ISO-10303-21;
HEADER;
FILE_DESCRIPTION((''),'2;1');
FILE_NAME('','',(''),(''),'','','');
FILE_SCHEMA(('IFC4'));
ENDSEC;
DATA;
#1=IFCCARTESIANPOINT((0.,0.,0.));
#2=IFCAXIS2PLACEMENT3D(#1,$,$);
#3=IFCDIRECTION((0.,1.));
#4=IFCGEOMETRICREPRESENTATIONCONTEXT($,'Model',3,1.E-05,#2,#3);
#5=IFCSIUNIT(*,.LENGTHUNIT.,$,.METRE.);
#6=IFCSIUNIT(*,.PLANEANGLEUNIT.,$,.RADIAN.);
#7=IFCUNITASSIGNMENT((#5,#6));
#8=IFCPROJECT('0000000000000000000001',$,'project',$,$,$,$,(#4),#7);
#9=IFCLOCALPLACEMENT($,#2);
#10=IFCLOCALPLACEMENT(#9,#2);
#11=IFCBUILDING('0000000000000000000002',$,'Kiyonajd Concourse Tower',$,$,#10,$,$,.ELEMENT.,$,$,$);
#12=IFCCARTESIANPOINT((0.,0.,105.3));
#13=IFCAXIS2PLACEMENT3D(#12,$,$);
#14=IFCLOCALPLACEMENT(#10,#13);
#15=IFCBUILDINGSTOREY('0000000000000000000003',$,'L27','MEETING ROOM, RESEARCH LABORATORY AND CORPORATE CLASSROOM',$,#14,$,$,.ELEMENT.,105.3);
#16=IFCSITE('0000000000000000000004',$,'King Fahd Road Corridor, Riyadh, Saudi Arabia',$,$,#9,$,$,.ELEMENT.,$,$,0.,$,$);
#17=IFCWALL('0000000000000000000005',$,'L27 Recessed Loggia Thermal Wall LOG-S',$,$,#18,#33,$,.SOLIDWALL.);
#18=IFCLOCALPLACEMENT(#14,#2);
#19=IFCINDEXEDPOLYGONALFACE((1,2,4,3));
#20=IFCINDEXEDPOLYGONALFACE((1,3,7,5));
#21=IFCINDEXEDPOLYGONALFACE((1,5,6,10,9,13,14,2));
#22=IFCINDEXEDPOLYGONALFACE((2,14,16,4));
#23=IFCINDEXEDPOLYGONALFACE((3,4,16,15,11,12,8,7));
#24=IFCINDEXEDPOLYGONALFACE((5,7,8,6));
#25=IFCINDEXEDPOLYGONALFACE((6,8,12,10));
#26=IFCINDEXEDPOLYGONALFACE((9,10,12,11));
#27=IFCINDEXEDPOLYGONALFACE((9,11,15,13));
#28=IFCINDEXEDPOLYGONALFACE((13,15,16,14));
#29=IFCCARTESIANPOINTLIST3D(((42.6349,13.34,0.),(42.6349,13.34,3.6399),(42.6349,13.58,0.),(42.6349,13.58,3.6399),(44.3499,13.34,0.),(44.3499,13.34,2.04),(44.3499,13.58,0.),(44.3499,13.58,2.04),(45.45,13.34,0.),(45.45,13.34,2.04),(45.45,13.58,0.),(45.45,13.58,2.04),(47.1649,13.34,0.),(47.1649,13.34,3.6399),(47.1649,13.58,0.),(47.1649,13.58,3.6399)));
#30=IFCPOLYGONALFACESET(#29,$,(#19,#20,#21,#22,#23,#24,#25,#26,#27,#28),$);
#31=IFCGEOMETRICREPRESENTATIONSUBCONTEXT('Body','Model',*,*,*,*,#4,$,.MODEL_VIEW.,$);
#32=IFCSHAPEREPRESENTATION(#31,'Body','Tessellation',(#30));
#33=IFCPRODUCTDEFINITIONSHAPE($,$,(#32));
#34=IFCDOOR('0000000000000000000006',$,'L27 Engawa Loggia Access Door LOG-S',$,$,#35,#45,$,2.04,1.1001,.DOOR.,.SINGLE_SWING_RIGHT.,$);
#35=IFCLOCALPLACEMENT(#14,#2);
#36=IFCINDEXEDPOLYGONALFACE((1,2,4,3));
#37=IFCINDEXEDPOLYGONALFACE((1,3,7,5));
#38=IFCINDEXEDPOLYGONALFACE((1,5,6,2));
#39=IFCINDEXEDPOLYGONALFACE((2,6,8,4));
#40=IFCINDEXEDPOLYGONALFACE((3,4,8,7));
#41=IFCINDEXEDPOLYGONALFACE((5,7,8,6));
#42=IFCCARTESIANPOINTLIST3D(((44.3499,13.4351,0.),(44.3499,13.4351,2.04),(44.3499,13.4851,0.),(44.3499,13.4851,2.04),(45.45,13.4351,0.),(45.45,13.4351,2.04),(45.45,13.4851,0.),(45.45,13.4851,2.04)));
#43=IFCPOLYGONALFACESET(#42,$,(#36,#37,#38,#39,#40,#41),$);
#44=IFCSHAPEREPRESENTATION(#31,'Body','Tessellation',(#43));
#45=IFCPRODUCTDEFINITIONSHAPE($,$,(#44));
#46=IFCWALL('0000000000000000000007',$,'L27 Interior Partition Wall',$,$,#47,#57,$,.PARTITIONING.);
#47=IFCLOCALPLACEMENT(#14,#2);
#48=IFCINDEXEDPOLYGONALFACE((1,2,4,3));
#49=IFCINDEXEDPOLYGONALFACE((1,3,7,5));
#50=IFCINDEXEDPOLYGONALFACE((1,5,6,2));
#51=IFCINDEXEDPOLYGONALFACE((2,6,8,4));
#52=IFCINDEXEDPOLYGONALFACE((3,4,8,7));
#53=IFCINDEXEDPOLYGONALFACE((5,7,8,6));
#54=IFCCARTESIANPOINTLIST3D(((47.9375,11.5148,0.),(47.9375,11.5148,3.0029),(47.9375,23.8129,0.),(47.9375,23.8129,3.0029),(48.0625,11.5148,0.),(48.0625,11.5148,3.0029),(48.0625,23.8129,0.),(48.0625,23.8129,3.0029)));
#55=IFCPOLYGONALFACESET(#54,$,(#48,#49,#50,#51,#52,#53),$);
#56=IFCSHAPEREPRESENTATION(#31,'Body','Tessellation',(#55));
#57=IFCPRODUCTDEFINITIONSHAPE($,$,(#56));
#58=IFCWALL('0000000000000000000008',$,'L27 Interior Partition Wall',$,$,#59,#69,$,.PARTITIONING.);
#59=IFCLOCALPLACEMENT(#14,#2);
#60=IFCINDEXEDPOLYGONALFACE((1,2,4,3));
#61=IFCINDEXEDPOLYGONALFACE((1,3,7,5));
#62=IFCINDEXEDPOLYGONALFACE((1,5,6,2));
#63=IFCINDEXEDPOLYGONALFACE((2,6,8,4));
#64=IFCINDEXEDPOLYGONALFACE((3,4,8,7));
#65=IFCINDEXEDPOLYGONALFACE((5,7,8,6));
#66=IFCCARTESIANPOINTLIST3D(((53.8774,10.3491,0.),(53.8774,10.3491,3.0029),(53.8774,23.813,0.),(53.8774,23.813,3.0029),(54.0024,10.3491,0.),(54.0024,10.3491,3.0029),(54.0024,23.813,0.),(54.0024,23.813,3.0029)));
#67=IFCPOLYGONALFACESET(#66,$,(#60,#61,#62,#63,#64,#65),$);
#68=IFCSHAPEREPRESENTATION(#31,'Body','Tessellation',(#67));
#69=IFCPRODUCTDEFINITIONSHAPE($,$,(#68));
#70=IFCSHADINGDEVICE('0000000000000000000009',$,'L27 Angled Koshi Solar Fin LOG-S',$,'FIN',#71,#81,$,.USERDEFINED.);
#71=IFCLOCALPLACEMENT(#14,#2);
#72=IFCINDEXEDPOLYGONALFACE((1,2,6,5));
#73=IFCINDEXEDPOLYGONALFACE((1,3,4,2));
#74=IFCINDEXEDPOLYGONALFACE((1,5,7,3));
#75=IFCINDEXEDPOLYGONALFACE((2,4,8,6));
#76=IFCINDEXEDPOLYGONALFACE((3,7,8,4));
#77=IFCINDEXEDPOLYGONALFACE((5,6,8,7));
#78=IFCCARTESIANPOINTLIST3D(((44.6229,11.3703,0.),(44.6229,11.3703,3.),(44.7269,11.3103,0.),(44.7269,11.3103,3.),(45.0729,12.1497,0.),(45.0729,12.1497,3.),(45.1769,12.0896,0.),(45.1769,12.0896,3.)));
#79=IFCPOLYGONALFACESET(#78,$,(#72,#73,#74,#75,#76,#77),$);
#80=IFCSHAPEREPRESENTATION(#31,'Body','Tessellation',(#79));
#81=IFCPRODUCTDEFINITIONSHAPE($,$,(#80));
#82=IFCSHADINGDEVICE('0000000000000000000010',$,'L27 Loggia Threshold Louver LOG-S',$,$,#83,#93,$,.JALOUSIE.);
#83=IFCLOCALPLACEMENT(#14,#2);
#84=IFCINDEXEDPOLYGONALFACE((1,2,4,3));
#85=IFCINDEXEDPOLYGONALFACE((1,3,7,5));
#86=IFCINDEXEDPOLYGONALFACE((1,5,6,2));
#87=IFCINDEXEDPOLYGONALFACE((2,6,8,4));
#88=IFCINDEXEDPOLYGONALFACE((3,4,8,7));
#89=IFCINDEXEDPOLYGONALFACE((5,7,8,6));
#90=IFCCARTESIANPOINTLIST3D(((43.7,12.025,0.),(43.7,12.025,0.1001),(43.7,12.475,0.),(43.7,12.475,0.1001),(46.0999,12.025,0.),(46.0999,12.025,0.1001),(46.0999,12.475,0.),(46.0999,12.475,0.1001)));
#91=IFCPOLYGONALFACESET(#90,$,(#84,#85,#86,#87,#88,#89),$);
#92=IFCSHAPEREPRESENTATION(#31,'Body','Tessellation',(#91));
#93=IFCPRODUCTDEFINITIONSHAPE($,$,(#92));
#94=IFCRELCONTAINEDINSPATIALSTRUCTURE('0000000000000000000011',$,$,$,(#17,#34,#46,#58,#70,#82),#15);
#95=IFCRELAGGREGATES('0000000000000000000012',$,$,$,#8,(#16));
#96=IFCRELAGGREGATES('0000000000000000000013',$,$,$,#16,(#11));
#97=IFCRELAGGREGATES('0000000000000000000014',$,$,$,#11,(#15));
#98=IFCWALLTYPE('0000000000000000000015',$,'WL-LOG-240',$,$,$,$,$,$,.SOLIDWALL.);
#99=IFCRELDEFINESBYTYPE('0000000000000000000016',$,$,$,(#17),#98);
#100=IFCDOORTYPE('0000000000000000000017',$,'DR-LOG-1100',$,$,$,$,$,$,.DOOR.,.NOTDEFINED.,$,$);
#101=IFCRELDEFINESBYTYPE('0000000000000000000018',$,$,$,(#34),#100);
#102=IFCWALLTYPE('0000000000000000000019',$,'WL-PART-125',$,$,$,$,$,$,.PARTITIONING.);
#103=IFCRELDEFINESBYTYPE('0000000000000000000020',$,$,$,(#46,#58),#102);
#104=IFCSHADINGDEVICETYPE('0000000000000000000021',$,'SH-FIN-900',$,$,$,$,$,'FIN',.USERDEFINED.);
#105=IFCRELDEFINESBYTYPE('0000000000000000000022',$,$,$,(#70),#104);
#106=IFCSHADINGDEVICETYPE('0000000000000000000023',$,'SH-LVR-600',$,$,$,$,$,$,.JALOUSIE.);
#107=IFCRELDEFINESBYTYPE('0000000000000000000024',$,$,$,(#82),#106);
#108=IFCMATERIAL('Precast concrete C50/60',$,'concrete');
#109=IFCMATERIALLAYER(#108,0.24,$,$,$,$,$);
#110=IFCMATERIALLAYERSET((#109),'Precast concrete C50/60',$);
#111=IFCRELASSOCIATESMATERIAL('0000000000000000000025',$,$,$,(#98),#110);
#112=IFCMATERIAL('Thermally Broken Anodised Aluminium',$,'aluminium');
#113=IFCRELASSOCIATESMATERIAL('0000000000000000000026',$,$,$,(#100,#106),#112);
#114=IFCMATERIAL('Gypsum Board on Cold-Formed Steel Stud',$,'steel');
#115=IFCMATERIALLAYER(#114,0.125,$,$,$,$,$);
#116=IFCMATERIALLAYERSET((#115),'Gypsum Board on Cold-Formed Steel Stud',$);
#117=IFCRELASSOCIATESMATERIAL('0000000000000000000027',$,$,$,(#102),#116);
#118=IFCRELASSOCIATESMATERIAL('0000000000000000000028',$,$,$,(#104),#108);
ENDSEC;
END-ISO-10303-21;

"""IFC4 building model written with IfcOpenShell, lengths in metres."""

from ifc_helpers import new_model, si_unit, direction, frame, frame_2d, origin, origin_2d, place, context, subcontext, project, spatial, rectangle, extrude, material, layer, layer_set, type_object, element, fill, save


model = new_model("IFC4")

# Units and contexts
model_context = context("Model", 3, precision=1e-05, world=origin(), true_north=direction((0.0, 1.0)))
body_context = subcontext(model_context, "Body", "Model", "MODEL_VIEW")
ifc_project = project(units=[si_unit("LENGTHUNIT", "METRE"), si_unit("PLANEANGLEUNIT", "RADIAN")], contexts=[model_context])

# Site, building, storey
site_placement = place(None, origin())
site = spatial("IfcSite", under=ifc_project, at=site_placement, Name="King Fahd Road Corridor, Riyadh, Saudi Arabia", CompositionType="ELEMENT", RefElevation=0.0)
building_placement = place(site_placement, origin())
building = spatial("IfcBuilding", under=site, at=building_placement, Name="Kiyonajd Concourse Tower", CompositionType="ELEMENT")
storey_placement = place(building_placement, frame((0.0, 0.0, 105.3)))
storey = spatial("IfcBuildingStorey", under=building, at=storey_placement, Name="L27", Description="MEETING ROOM, RESEARCH LABORATORY AND CORPORATE CLASSROOM", CompositionType="ELEMENT", Elevation=105.3)

# Shared definitions
ifc_material_1 = material(Name="Precast concrete C50/60", Category="concrete")

# Shared definitions
ifc_material_2 = material(Name="Thermally Broken Anodised Aluminium", Category="aluminium")

# Wall, opening, door
ifc_layer_1 = layer(ifc_material_1, 0.24)
ifc_layer_set_1 = layer_set([ifc_layer_1], Name="Precast concrete C50/60")
wall_type_1 = type_object("IfcWallType", Name="WL-LOG-240", PredefinedType="SOLIDWALL", material=ifc_layer_set_1)
wall_1_placement = place(storey_placement, frame((47.165, 13.46, 0.0), z_axis=(0.0, 0.0, 1.0), x_axis=(-1.0, 0.0, 0.0)))
wall_1 = element("IfcWall", 1, at=wall_1_placement, inside=storey, type_object=wall_type_1, Name="L27 Recessed Loggia Thermal Wall LOG-S", PredefinedType="SOLIDWALL", context=body_context, shape_type="SweptSolid", body=[
    extrude(rectangle(XDim=4.53, YDim=0.24, at=frame_2d((2.2651, 0.0))), origin(), (0.0, 0.0, 1.0), 3.6399),
])
opening_1_placement = place(wall_1_placement, frame((1.7151, 0.0, 0.0)))
opening_1 = element("IfcOpeningElement", 2, at=opening_1_placement, cuts=wall_1, PredefinedType="OPENING", context=body_context, shape_type="SweptSolid", body=[
    extrude(rectangle(XDim=1.1001, YDim=2.04, at=frame_2d((0.55, 1.02))), frame((0.0, 0.1299, 0.0), z_axis=(0.0, -1.0, 0.0), x_axis=(1.0, 0.0, 0.0)), (0.0, 0.0, 1.0), 0.26),
])
door_type = type_object("IfcDoorType", Name="DR-LOG-1100", OperationType="NOTDEFINED", PredefinedType="DOOR", material=ifc_material_2)
door_placement = place(opening_1_placement, origin())
door = element("IfcDoor", 3, at=door_placement, inside=storey, type_object=door_type, Name="L27 Engawa Loggia Access Door LOG-S", OperationType="SINGLE_SWING_RIGHT", OverallHeight=2.04, OverallWidth=1.1001, PredefinedType="DOOR", context=body_context, shape_type="SweptSolid", body=[
    extrude(rectangle(XDim=1.1001, YDim=2.04, at=frame_2d((0.55, 1.02))), frame((0.0, 0.0249, 0.0), z_axis=(0.0, -1.0, 0.0), x_axis=(1.0, 0.0, 0.0)), (0.0, 0.0, 1.0), 0.05),
])
fill(opening_1, door)

# Walls
ifc_material_3 = material(Name="Gypsum Board on Cold-Formed Steel Stud", Category="steel")
ifc_layer_2 = layer(ifc_material_3, 0.125)
ifc_layer_set_2 = layer_set([ifc_layer_2], Name="Gypsum Board on Cold-Formed Steel Stud")
wall_type_2 = type_object("IfcWallType", Name="WL-PART-125", PredefinedType="PARTITIONING", material=ifc_layer_set_2)
wall_2_placement = place(storey_placement, frame((48.0, 11.5149, 0.0), z_axis=(0.0, 0.0, 1.0), x_axis=(0.0, 1.0, 0.0)))
element("IfcWall", 4, at=wall_2_placement, inside=storey, type_object=wall_type_2, Name="L27 Interior Partition Wall", PredefinedType="PARTITIONING", context=body_context, shape_type="SweptSolid", body=[
    extrude(rectangle(XDim=12.2981, YDim=0.125, at=frame_2d((6.1489, 0.0))), origin(), (0.0, 0.0, 1.0), 3.0029),
])
wall_3_placement = place(storey_placement, frame((53.9399, 10.3491, 0.0), z_axis=(0.0, 0.0, 1.0), x_axis=(0.0, 1.0, 0.0)))
element("IfcWall", 5, at=wall_3_placement, inside=storey, type_object=wall_type_2, Name="L27 Interior Partition Wall", PredefinedType="PARTITIONING", context=body_context, shape_type="SweptSolid", body=[
    extrude(rectangle(XDim=13.4639, YDim=0.125, at=frame_2d((6.7319, 0.0))), origin(), (0.0, 0.0, 1.0), 3.0029),
])

# Shading devices
shading_device_type_1 = type_object("IfcShadingDeviceType", Name="SH-FIN-900", ElementType="FIN", PredefinedType="USERDEFINED", material=ifc_material_1)
shading_device_1_placement = place(storey_placement, frame((44.8999, 11.73, 0.0), z_axis=(0.0, 0.0, 1.0), x_axis=(0.5, 0.866025, 0.0)))
element("IfcShadingDevice", 6, at=shading_device_1_placement, inside=storey, type_object=shading_device_type_1, Name="L27 Angled Koshi Solar Fin LOG-S", ObjectType="FIN", PredefinedType="USERDEFINED", context=body_context, shape_type="SweptSolid", body=[
    extrude(rectangle(XDim=0.8999, YDim=0.1201, at=origin_2d()), origin(), (0.0, 0.0, 1.0), 3.0),
])
shading_device_type_2 = type_object("IfcShadingDeviceType", Name="SH-LVR-600", PredefinedType="JALOUSIE", material=ifc_material_2)
shading_device_2_placement = place(storey_placement, frame((44.8999, 12.25, 0.0), z_axis=(0.0, 0.0, 1.0), x_axis=(1.0, 0.0, 0.0)))
element("IfcShadingDevice", 7, at=shading_device_2_placement, inside=storey, type_object=shading_device_type_2, Name="L27 Loggia Threshold Louver LOG-S", PredefinedType="JALOUSIE", context=body_context, shape_type="SweptSolid", body=[
    extrude(rectangle(XDim=2.3999, YDim=0.45, at=origin_2d()), origin(), (0.0, 0.0, 1.0), 0.1001),
])

save(model, "model.ifc")
